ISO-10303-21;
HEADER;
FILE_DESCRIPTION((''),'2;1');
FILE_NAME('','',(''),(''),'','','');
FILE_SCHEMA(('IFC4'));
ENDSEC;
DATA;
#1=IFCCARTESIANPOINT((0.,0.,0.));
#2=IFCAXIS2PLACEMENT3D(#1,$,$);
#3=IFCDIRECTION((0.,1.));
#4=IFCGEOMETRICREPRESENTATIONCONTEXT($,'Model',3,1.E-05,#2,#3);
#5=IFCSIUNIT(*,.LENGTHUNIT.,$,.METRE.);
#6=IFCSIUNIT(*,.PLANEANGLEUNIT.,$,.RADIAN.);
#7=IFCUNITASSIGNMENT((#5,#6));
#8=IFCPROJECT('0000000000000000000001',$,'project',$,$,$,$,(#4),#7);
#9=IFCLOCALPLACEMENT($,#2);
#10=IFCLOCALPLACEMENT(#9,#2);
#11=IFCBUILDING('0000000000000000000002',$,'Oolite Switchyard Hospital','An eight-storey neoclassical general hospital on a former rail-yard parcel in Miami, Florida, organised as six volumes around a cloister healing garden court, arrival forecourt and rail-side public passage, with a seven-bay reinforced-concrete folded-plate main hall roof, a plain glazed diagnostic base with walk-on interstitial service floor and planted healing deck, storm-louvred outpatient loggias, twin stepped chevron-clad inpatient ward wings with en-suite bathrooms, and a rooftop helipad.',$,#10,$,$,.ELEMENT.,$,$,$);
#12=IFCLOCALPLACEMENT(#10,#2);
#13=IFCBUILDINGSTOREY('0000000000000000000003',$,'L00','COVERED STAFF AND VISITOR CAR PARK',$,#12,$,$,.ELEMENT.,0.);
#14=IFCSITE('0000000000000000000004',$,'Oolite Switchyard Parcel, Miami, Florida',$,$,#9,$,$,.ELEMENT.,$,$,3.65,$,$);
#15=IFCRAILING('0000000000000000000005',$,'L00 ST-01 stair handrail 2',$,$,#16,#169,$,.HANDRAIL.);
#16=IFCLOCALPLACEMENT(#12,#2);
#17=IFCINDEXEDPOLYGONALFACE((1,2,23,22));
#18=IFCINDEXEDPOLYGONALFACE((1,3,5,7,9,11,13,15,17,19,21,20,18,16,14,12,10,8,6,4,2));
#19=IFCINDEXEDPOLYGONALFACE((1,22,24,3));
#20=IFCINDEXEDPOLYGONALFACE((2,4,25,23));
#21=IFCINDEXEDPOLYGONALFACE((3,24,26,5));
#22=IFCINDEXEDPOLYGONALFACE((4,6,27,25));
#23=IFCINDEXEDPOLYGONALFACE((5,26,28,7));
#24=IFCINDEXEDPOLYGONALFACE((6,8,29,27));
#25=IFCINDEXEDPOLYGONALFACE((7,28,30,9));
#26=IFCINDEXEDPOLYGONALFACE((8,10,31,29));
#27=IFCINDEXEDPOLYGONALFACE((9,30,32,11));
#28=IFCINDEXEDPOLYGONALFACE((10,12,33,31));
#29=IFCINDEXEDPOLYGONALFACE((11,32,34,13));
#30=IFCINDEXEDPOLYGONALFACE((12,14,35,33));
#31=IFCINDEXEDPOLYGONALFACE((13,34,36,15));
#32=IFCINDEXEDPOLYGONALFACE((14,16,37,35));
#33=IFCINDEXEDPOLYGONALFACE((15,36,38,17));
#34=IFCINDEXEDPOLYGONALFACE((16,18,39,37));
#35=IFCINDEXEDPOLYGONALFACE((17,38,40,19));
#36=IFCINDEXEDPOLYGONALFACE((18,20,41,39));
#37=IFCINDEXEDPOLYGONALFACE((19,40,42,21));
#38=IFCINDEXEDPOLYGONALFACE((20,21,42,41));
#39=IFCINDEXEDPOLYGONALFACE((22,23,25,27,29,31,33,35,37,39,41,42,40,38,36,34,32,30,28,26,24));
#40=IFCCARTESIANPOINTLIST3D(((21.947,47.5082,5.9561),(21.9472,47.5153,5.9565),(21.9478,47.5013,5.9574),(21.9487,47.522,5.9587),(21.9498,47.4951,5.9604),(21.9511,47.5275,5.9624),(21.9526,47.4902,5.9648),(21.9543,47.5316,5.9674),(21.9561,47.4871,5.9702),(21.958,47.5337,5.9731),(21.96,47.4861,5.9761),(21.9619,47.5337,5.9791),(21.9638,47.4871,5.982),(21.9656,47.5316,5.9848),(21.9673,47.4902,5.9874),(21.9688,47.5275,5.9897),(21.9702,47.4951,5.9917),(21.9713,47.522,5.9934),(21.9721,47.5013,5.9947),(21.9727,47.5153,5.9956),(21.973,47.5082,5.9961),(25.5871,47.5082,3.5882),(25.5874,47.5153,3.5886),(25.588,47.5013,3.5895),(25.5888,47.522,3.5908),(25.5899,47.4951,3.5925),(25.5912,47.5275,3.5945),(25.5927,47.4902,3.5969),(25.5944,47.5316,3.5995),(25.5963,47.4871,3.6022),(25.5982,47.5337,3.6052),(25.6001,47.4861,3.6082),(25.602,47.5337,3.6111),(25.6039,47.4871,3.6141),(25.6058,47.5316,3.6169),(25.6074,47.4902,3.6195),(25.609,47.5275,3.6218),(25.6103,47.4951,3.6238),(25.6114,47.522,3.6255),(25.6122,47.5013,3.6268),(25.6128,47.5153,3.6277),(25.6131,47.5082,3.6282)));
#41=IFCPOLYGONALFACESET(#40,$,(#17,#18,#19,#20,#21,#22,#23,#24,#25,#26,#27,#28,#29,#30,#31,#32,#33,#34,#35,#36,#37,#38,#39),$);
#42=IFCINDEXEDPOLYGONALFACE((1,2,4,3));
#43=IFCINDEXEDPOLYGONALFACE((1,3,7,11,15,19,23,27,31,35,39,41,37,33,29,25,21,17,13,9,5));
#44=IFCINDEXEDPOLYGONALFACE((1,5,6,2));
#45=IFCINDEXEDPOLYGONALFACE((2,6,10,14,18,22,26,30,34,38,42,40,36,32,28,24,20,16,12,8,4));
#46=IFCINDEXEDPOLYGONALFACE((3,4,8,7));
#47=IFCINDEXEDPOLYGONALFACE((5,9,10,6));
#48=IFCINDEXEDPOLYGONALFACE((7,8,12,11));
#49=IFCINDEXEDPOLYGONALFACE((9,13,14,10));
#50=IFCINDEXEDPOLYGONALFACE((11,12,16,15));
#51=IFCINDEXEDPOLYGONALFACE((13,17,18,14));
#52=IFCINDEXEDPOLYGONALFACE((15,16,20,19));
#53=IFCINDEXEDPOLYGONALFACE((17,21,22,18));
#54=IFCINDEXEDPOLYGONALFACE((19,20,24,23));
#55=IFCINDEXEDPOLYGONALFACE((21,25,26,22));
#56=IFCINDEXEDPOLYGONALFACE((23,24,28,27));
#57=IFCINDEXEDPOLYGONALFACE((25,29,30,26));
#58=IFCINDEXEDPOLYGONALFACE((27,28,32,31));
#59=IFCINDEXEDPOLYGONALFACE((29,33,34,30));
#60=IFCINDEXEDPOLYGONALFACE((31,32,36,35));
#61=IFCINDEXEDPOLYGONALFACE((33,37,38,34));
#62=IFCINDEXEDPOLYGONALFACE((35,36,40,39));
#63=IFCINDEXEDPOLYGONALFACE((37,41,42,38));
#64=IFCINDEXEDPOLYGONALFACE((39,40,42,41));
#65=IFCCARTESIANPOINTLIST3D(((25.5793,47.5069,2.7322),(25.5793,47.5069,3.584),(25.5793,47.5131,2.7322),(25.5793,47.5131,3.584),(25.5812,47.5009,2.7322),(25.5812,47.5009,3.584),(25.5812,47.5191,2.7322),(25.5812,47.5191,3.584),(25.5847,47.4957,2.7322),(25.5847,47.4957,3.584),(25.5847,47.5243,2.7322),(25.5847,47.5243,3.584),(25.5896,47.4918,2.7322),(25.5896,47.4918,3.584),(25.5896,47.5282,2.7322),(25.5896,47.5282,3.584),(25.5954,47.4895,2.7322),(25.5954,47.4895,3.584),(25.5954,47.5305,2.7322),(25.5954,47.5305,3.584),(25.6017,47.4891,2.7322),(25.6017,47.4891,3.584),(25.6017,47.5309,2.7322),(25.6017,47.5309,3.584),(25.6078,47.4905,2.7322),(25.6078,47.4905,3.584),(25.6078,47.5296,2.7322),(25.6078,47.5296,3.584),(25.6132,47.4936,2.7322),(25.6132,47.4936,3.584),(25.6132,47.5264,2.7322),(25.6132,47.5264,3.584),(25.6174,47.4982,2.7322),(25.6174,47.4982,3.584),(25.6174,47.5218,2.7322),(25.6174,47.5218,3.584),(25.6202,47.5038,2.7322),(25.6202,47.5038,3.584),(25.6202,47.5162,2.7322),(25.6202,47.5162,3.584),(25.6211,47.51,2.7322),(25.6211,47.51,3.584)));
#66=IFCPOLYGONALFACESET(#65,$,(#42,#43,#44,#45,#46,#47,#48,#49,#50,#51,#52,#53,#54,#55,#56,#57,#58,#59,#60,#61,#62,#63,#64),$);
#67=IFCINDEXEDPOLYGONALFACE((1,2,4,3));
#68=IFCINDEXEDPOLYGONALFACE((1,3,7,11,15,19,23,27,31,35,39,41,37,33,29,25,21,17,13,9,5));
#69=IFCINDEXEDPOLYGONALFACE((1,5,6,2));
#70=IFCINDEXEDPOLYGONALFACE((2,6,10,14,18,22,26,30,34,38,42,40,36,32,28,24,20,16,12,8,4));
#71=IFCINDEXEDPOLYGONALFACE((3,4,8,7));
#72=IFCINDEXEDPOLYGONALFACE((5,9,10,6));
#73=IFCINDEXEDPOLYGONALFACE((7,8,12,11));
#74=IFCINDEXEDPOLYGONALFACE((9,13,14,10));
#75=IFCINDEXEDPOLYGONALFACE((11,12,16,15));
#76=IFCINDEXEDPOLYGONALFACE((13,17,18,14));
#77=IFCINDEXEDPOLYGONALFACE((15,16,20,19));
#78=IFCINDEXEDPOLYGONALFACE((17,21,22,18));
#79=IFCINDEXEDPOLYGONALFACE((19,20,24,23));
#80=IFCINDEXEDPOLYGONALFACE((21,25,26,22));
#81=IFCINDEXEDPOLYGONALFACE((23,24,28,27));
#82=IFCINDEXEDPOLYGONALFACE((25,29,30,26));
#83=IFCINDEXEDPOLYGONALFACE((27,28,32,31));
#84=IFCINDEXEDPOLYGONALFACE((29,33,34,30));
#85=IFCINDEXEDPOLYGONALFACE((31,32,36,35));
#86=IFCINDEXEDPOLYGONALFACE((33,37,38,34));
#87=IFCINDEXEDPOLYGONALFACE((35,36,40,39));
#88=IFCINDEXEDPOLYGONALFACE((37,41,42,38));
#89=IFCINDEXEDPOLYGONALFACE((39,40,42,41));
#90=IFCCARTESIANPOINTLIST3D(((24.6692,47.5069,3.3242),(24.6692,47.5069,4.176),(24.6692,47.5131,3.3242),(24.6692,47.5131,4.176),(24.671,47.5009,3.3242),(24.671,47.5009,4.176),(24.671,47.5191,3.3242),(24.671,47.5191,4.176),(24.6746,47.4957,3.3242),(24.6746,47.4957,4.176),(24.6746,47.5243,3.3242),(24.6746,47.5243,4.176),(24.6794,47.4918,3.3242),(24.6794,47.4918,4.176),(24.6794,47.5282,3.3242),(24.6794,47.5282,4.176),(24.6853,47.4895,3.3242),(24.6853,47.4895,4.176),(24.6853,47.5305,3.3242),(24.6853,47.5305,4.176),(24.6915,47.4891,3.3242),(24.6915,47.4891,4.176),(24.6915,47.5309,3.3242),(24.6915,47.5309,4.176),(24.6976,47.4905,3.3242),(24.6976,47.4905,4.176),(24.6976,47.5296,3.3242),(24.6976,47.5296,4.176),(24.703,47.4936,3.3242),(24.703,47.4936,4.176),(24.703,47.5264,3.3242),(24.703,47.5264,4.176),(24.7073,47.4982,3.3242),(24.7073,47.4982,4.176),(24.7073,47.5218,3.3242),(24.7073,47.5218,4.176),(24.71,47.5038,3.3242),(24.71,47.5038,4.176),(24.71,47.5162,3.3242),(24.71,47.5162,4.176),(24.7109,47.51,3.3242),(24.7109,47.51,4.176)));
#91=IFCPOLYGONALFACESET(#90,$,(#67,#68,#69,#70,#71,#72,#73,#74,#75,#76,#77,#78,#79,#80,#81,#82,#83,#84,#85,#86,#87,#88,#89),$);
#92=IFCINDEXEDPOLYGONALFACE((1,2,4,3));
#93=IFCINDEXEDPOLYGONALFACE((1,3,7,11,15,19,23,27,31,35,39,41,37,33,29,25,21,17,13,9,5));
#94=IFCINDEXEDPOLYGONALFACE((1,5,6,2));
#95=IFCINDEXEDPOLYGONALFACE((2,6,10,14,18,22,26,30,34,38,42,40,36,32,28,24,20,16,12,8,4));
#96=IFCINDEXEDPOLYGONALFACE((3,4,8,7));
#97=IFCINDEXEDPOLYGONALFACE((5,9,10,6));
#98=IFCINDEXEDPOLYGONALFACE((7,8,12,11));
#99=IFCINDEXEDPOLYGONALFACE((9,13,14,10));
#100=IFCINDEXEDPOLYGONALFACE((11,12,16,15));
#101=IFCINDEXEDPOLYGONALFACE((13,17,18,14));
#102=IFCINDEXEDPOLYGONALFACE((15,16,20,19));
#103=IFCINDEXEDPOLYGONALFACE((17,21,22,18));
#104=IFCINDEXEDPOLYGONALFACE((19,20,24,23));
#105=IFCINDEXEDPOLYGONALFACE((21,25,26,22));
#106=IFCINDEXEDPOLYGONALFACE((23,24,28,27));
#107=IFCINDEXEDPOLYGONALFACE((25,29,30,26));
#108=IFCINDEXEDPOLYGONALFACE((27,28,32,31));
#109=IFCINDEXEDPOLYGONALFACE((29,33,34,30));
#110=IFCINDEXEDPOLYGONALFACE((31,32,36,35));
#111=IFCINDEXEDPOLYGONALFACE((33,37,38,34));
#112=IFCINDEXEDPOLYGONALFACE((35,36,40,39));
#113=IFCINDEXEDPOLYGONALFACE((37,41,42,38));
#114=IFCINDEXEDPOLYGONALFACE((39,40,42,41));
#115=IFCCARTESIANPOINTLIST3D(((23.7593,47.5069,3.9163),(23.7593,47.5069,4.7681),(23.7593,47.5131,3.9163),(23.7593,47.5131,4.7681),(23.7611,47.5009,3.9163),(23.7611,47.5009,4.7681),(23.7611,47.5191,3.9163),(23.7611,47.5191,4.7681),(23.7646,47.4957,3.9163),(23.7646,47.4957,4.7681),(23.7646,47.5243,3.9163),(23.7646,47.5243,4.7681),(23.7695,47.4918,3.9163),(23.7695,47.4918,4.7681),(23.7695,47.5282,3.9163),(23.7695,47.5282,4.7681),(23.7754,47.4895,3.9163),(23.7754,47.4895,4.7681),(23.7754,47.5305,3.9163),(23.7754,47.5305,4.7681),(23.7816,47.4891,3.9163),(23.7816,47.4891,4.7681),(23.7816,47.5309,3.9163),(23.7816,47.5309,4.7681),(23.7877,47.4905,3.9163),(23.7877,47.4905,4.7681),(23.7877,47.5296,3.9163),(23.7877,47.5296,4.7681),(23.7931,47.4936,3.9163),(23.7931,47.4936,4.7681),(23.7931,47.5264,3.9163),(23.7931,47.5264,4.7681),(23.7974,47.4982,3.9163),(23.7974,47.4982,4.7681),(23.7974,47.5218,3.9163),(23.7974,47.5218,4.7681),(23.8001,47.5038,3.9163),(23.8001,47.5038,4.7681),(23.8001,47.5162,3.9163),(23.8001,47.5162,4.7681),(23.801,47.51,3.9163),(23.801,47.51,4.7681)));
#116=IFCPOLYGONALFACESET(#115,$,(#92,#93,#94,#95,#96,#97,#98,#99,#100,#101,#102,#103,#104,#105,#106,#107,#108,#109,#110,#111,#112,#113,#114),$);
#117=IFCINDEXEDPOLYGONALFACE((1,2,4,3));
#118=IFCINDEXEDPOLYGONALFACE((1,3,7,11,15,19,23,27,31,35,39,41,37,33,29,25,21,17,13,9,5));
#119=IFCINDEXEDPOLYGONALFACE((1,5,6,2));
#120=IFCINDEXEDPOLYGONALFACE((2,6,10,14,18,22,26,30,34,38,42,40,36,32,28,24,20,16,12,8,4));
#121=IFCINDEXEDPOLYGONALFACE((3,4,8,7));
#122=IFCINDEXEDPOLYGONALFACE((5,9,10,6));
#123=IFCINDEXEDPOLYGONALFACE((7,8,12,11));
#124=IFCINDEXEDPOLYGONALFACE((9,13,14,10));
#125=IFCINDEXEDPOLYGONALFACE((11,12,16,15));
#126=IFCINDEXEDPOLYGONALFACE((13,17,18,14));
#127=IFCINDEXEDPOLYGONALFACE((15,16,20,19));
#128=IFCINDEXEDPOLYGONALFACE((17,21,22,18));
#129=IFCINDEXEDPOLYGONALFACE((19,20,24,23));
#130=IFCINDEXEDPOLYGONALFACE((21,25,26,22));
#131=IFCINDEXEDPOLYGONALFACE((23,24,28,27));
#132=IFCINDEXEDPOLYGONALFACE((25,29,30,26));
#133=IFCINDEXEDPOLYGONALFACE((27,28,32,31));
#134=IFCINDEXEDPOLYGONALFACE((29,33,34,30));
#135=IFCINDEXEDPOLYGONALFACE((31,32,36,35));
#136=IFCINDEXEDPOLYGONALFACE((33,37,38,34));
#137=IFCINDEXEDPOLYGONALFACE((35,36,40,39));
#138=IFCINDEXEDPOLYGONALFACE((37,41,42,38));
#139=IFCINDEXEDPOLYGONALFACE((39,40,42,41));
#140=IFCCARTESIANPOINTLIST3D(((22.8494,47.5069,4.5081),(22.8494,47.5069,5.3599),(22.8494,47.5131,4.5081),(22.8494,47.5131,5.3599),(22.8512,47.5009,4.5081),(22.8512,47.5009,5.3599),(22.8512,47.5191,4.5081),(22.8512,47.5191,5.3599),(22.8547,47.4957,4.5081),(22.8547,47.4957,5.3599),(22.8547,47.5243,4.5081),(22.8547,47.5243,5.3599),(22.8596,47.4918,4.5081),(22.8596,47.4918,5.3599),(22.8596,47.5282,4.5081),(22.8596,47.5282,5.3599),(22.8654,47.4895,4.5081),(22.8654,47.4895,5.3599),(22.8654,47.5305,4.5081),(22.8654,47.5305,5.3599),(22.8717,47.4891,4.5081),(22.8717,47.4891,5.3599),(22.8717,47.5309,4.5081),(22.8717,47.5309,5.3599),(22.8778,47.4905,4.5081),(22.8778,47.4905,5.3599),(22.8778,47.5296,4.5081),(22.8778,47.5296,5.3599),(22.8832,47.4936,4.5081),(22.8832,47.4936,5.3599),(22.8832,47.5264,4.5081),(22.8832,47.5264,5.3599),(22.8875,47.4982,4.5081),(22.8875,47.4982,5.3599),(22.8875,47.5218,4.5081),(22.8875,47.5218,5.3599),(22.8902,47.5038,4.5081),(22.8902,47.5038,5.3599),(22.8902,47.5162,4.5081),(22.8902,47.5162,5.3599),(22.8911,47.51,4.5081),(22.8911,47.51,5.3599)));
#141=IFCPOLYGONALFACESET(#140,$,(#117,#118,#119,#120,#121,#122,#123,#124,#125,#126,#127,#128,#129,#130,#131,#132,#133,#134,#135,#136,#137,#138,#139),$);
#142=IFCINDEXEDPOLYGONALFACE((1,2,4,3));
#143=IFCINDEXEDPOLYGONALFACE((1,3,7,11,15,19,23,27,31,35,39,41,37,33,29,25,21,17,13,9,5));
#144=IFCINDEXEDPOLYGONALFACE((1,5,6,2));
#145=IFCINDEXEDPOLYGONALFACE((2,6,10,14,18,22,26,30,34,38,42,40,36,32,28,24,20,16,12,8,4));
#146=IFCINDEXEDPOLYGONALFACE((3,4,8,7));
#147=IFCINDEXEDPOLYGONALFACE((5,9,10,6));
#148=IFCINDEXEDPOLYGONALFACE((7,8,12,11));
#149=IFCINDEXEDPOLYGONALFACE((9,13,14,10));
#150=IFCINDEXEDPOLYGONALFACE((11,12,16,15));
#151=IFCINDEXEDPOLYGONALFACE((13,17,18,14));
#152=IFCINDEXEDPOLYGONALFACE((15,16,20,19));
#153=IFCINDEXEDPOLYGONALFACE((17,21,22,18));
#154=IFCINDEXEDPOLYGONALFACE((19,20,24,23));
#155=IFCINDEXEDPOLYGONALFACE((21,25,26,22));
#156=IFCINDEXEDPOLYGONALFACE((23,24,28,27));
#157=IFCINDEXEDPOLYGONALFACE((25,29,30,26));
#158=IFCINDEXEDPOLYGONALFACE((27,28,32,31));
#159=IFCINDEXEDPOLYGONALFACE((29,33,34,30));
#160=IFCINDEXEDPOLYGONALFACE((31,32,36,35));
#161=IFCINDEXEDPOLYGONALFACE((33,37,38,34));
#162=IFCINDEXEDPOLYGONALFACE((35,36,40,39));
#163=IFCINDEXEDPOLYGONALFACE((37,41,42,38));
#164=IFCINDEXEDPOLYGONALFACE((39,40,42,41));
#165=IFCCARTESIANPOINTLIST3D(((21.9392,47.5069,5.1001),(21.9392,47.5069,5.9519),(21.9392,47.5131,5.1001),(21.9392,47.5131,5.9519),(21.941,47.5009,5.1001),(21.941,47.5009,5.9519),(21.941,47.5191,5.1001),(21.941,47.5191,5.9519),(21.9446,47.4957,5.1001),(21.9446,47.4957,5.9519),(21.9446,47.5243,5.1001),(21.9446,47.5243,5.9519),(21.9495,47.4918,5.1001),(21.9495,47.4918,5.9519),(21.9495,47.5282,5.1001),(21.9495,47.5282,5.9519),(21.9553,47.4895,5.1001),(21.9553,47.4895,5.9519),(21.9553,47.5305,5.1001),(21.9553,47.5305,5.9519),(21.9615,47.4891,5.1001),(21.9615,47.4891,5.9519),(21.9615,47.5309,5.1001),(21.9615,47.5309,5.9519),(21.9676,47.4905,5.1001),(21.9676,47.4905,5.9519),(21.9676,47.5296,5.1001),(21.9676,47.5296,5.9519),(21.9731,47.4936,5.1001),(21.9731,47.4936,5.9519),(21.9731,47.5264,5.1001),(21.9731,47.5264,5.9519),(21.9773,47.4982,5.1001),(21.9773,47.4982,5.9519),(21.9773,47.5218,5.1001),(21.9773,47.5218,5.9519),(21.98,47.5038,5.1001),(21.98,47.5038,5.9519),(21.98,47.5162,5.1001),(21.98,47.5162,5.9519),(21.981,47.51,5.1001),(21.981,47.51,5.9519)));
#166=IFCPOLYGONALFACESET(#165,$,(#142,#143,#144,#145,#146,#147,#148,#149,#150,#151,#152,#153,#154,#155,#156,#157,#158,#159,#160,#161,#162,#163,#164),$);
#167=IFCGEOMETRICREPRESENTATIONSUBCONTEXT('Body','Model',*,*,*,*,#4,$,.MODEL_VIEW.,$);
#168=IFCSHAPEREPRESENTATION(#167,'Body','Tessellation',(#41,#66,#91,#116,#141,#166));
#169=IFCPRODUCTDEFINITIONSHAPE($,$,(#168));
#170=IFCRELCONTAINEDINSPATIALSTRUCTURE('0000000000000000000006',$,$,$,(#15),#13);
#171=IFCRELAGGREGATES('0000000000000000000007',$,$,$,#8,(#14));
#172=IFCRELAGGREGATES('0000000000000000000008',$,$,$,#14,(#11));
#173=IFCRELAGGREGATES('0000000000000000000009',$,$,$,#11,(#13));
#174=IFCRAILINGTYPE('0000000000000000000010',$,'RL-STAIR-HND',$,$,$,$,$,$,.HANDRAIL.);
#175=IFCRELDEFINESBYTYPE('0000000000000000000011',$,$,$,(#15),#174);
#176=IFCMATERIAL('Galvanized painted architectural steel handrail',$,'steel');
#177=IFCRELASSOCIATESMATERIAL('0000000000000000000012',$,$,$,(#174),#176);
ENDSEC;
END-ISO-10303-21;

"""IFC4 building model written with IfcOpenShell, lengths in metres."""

from ifc_helpers import new_model, si_unit, direction, frame, origin, origin_2d, place, context, subcontext, project, spatial, circle, extrude, material, type_object, element, save


model = new_model("IFC4")

# Units and contexts
model_context = context("Model", 3, precision=1e-05, world=origin(), true_north=direction((0.0, 1.0)))
body_context = subcontext(model_context, "Body", "Model", "MODEL_VIEW")
ifc_project = project(units=[si_unit("LENGTHUNIT", "METRE"), si_unit("PLANEANGLEUNIT", "RADIAN")], contexts=[model_context])

# Site, building, storey
site_placement = place(None, origin())
site = spatial("IfcSite", under=ifc_project, at=site_placement, Name="Oolite Switchyard Parcel, Miami, Florida", CompositionType="ELEMENT", RefElevation=3.65)
building_placement = place(site_placement, origin())
building = spatial("IfcBuilding", under=site, at=building_placement, Name="Oolite Switchyard Hospital", Description="An eight-storey neoclassical general hospital on a former rail-yard parcel in Miami, Florida, organised as six volumes around a cloister healing garden court, arrival forecourt and rail-side public passage, with a seven-bay reinforced-concrete folded-plate main hall roof, a plain glazed diagnostic base with walk-on interstitial service floor and planted healing deck, storm-louvred outpatient loggias, twin stepped chevron-clad inpatient ward wings with en-suite bathrooms, and a rooftop helipad.", CompositionType="ELEMENT")
storey_placement = place(building_placement, origin())
storey = spatial("IfcBuildingStorey", under=building, at=storey_placement, Name="L00", Description="COVERED STAFF AND VISITOR CAR PARK", CompositionType="ELEMENT", Elevation=0.0)

# Railing
ifc_material_1 = material(Name="Galvanized painted architectural steel handrail", Category="steel")
railing_type_1 = type_object("IfcRailingType", Name="RL-STAIR-HND", PredefinedType="HANDRAIL", material=ifc_material_1)
railing_1_placement = place(storey_placement, frame((25.6001, 47.51, 2.7322)))
element("IfcRailing", 1, at=railing_1_placement, inside=storey, type_object=railing_type_1, Name="L00 ST-01 stair handrail 2", PredefinedType="HANDRAIL", context=body_context, shape_type="SweptSolid", body=[
    extrude(circle(Radius=0.0239, at=origin_2d()), frame((0.0, 0.0, 0.876), z_axis=(-0.838251, 0.0, 0.545285), x_axis=(0.0, -1.0, 0.0)), (0.0, 0.0, 1.0), 4.3425),
    extrude(circle(Radius=0.021, at=origin_2d()), origin(), (0.0, 0.0, 1.0), 0.8518),
    extrude(circle(Radius=0.021, at=origin_2d()), frame((-0.9102, 0.0, 0.592)), (0.0, 0.0, 1.0), 0.8518),
    extrude(circle(Radius=0.021, at=origin_2d()), frame((-1.8201, 0.0, 1.1841)), (0.0, 0.0, 1.0), 0.8518),
    extrude(circle(Radius=0.021, at=origin_2d()), frame((-2.73, 0.0, 1.7759)), (0.0, 0.0, 1.0), 0.8518),
    extrude(circle(Radius=0.021, at=origin_2d()), frame((-3.6401, 0.0, 2.3679)), (0.0, 0.0, 1.0), 0.8518),
])

save(model, "model.ifc")
